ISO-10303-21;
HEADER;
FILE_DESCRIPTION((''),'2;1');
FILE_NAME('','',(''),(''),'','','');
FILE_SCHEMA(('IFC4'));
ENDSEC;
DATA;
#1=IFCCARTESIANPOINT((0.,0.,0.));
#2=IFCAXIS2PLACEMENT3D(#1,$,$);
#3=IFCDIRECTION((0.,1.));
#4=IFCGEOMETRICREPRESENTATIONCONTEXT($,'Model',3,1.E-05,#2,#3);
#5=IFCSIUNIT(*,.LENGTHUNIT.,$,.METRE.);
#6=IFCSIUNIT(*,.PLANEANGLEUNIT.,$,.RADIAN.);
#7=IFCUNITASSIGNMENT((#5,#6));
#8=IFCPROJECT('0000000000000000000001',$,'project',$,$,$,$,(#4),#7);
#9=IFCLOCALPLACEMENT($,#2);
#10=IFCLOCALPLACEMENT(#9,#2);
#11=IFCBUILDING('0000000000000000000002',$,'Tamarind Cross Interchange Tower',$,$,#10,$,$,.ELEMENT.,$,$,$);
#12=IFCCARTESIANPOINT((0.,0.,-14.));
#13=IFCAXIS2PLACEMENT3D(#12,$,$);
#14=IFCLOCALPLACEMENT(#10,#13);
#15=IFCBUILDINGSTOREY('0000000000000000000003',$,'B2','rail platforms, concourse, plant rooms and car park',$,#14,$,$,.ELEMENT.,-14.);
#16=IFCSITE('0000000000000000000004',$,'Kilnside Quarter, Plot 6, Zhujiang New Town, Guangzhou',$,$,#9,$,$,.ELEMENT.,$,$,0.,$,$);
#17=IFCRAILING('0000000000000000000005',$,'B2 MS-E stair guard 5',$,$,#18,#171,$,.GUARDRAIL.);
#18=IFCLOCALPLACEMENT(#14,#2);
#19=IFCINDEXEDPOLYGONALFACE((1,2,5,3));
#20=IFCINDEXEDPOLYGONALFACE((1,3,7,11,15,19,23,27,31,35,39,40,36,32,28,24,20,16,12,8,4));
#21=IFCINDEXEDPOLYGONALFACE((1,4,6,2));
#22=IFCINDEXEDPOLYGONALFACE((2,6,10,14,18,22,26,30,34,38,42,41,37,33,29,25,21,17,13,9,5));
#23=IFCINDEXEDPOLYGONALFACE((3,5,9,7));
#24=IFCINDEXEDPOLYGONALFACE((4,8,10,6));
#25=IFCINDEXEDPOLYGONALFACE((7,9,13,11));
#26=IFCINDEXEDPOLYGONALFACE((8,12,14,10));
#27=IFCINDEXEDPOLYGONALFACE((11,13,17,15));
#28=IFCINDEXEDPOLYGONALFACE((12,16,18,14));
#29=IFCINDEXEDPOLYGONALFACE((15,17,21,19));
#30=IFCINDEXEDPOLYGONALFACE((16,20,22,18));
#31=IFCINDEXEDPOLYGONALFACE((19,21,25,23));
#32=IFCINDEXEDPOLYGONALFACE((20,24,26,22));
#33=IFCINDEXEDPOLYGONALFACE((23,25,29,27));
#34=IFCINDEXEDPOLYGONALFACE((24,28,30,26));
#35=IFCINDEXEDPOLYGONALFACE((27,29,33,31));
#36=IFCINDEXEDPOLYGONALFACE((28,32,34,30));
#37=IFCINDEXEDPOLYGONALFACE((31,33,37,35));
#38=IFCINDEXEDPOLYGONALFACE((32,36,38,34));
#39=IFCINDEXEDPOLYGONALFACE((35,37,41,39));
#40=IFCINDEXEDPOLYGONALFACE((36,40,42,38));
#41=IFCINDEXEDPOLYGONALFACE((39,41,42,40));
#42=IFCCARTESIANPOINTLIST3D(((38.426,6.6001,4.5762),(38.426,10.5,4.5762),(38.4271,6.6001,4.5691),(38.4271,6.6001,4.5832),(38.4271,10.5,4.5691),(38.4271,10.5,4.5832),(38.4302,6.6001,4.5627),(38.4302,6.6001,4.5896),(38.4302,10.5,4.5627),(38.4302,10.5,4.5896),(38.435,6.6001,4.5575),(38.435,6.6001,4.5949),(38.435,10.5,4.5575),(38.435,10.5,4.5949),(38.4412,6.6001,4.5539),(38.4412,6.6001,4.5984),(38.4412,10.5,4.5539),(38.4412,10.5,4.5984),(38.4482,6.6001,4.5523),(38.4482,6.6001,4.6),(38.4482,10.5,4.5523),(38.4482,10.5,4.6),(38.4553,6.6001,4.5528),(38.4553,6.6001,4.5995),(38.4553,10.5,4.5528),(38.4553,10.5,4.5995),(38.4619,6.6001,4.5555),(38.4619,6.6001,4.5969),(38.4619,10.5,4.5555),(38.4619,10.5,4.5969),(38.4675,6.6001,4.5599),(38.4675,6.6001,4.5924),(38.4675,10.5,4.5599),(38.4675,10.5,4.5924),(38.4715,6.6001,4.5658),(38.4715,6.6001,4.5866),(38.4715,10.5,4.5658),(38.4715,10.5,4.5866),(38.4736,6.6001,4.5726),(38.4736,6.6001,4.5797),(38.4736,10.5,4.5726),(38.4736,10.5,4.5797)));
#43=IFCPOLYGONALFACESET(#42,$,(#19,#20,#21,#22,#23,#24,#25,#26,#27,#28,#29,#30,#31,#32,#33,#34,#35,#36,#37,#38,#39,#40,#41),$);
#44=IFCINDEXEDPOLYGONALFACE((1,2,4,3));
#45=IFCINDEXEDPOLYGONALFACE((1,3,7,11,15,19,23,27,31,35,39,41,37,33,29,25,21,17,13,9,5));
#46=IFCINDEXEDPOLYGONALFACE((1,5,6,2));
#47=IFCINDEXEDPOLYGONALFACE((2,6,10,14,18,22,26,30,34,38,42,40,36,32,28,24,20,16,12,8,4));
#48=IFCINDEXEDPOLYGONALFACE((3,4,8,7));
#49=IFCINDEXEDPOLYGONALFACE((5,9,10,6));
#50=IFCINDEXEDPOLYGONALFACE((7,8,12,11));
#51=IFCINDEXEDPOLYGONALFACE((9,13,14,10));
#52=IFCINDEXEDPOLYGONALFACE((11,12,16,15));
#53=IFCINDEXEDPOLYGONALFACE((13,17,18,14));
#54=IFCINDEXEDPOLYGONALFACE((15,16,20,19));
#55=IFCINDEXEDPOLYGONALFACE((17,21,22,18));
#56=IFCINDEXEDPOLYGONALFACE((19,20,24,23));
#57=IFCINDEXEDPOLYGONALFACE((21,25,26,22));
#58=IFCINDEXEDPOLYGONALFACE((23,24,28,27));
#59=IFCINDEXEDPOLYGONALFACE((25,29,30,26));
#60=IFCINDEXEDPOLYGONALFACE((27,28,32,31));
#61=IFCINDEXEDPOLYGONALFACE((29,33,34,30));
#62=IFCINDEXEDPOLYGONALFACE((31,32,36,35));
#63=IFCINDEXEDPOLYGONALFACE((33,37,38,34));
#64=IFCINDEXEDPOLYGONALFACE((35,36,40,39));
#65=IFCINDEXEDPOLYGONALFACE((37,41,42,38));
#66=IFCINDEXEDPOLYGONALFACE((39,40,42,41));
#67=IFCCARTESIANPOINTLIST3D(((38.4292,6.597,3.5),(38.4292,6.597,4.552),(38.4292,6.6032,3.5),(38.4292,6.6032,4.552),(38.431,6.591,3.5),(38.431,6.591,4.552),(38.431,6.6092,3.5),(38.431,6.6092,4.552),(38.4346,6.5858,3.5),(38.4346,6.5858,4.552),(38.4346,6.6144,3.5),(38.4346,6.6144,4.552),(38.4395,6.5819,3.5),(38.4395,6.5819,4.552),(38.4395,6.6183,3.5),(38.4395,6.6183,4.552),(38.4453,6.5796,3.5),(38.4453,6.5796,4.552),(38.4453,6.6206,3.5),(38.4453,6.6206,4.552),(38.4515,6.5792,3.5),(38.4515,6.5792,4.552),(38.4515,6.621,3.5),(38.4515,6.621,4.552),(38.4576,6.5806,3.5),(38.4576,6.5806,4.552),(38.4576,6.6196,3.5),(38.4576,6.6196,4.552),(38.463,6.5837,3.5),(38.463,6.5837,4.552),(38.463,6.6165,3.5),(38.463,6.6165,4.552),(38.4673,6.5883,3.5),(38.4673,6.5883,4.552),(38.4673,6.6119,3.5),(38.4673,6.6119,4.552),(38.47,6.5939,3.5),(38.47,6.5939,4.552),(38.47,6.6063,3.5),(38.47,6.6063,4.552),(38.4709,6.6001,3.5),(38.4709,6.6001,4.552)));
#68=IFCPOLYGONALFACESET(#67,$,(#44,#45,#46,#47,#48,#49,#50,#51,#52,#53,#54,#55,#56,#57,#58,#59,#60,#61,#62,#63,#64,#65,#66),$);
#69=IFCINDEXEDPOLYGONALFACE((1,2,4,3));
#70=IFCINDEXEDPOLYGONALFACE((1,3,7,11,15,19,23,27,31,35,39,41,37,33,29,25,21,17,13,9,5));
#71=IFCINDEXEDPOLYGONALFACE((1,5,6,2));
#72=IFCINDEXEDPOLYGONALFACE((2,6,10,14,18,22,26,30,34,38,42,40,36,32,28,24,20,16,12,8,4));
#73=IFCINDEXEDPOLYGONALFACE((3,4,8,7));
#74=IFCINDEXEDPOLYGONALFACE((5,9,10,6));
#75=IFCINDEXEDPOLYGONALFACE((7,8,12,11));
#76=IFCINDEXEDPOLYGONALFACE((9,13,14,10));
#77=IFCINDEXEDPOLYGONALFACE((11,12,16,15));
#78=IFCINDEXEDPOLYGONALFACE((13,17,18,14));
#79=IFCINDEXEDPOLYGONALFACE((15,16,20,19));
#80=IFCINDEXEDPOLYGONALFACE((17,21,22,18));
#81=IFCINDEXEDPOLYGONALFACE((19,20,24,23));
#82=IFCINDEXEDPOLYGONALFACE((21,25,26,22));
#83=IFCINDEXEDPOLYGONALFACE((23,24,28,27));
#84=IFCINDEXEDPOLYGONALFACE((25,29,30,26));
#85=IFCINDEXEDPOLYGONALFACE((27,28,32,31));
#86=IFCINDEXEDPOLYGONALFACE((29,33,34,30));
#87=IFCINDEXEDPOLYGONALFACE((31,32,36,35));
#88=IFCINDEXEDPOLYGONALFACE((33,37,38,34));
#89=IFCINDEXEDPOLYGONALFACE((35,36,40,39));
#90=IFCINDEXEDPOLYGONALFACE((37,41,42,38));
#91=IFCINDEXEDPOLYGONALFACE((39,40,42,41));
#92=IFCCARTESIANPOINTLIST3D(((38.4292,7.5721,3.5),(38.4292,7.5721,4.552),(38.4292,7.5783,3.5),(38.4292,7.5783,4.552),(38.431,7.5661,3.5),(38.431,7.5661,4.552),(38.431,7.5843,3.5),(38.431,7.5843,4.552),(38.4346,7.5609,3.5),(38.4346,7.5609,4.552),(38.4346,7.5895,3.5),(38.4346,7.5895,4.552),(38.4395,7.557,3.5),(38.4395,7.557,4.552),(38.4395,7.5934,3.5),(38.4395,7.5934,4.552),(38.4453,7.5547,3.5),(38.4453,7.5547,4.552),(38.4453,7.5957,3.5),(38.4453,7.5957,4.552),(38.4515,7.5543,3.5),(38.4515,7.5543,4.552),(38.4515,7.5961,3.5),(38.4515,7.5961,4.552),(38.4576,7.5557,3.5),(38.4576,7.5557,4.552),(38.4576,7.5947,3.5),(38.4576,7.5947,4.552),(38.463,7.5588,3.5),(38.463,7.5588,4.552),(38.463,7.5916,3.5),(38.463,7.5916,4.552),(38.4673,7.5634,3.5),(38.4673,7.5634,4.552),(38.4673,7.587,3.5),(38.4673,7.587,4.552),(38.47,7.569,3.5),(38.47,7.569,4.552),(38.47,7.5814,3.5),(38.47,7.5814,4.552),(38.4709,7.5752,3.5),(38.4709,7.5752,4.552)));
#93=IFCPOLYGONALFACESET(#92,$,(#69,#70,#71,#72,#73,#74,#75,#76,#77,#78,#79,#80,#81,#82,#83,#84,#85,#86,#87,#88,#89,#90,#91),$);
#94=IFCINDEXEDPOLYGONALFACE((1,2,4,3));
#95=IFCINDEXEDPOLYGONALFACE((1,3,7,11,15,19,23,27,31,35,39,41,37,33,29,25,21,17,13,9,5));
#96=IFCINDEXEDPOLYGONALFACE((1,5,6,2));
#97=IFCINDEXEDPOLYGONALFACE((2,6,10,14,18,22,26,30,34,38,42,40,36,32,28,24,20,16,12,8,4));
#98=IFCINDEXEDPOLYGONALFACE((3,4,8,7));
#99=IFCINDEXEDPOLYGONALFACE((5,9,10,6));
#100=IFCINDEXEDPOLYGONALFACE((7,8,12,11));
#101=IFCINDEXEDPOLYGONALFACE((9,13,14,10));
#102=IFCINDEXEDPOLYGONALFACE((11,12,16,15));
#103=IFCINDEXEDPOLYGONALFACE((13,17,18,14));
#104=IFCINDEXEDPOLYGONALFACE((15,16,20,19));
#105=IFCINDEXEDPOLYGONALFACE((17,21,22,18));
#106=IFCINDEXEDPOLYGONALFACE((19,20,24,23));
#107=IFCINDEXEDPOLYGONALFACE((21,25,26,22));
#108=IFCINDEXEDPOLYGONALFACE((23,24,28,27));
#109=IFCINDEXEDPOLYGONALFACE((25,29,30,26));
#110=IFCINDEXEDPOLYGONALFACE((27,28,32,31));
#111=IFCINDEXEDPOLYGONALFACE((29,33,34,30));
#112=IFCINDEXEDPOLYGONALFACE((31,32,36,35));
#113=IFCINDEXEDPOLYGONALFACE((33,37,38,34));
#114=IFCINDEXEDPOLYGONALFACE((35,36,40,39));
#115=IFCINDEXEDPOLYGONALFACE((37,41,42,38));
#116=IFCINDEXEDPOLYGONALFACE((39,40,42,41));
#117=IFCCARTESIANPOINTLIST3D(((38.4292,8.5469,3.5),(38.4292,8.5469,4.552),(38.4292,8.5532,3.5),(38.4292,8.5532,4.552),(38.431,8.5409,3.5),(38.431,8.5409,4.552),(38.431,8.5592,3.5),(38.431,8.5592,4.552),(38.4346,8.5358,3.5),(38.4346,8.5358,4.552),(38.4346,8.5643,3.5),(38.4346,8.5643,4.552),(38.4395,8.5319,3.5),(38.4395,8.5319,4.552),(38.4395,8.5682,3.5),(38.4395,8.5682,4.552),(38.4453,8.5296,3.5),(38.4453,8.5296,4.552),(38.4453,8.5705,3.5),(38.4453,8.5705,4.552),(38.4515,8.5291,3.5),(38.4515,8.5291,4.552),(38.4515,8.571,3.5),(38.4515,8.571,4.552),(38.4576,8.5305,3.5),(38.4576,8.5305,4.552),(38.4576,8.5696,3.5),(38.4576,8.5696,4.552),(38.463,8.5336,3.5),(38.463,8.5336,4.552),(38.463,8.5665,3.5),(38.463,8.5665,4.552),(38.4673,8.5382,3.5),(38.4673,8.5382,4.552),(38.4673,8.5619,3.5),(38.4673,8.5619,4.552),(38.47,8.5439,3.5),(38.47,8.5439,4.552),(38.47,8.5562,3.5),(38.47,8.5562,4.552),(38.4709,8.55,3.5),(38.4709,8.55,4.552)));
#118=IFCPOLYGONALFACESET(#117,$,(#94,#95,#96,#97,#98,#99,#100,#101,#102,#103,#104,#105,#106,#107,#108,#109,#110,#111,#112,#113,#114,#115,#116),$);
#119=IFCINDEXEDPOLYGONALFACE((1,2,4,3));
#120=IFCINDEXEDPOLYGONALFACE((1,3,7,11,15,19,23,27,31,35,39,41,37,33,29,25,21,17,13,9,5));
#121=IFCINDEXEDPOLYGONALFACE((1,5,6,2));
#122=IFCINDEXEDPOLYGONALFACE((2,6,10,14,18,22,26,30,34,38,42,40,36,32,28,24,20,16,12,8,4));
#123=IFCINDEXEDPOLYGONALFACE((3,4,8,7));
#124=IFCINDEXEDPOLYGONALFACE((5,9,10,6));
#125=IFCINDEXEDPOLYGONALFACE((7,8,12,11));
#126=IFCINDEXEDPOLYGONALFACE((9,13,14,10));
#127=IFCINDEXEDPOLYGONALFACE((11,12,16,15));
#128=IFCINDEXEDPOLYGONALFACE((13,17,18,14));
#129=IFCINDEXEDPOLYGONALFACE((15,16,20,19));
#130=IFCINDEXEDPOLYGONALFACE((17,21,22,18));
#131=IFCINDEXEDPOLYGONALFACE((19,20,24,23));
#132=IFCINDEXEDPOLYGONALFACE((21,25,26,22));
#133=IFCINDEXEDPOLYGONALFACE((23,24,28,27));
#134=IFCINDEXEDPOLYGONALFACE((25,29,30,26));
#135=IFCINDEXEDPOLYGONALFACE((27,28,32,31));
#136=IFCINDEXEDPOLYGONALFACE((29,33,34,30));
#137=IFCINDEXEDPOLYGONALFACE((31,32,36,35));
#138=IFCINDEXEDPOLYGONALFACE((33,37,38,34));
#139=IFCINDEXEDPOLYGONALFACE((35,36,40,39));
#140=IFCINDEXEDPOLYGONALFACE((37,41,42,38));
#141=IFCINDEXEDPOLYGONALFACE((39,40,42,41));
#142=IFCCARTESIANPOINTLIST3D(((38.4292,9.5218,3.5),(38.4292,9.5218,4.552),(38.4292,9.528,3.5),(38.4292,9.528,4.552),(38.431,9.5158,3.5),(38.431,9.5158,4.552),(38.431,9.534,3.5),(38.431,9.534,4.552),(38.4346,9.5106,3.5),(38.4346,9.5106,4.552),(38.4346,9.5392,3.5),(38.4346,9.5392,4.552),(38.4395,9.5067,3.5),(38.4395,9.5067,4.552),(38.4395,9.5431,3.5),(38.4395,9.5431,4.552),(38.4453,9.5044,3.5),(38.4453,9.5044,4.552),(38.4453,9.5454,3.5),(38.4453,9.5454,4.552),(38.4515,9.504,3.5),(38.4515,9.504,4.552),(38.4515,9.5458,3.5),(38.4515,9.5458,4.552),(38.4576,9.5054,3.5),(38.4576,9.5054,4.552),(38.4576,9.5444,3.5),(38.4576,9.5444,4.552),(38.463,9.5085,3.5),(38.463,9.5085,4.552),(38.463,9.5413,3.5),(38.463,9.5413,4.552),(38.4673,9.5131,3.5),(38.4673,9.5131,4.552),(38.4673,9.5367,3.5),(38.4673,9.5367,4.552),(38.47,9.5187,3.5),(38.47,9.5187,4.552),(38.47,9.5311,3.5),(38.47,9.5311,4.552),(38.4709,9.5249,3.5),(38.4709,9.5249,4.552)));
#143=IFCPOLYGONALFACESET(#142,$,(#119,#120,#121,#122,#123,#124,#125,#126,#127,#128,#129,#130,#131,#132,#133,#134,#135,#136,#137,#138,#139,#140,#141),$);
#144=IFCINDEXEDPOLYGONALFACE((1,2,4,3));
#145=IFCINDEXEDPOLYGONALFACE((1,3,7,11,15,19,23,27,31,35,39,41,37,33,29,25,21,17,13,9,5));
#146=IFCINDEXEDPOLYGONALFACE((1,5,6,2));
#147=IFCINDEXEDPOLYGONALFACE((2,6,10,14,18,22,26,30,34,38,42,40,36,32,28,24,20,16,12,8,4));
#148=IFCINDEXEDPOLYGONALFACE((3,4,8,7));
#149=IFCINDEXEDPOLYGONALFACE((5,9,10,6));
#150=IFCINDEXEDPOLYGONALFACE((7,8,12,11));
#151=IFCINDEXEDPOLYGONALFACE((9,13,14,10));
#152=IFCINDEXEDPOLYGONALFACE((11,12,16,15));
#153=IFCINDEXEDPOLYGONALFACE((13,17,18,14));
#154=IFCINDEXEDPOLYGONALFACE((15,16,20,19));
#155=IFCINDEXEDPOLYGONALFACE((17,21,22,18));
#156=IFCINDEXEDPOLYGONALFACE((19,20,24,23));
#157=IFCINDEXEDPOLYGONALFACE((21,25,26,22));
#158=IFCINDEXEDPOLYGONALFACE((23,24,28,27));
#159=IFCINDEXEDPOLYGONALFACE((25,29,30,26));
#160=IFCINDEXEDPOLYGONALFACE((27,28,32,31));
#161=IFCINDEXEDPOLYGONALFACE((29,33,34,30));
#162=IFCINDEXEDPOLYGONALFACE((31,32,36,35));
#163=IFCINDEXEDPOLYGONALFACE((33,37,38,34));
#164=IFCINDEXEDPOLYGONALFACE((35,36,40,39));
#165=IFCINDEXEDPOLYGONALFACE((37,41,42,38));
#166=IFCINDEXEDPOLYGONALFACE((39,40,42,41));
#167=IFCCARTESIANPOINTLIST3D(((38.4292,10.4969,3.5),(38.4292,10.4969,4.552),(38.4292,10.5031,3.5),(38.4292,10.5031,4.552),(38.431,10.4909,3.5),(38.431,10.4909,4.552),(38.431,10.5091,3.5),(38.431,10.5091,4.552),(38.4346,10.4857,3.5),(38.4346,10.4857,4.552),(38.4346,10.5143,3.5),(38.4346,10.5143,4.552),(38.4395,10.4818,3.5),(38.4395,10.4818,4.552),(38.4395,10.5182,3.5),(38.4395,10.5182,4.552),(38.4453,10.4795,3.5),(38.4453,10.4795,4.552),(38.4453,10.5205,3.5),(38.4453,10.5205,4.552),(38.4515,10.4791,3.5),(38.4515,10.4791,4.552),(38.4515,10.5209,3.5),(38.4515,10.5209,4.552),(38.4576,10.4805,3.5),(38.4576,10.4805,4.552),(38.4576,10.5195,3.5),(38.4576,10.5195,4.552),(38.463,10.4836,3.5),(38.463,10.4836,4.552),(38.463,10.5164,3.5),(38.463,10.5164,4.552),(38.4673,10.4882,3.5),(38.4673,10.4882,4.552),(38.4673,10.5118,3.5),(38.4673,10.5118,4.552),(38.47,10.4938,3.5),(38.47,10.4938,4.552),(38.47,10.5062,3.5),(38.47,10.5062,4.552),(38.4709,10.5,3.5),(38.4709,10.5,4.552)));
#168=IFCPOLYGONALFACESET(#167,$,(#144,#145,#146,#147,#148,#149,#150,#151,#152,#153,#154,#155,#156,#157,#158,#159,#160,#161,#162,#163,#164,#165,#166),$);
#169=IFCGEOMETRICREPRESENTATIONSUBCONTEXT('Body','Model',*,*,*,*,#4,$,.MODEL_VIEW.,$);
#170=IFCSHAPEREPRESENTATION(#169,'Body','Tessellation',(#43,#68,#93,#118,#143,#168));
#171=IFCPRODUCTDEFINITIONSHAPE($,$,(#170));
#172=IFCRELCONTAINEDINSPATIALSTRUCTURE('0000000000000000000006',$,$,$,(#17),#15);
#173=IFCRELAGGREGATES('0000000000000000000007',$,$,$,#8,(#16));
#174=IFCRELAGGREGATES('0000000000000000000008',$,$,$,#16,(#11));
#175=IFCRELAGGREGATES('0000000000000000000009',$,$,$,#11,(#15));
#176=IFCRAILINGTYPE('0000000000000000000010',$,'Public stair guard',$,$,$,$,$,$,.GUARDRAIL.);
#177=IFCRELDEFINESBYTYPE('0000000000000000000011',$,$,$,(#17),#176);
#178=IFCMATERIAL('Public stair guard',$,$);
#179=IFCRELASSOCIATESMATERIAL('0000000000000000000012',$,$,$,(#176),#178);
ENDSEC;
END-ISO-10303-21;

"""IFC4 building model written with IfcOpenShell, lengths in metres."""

from ifc_helpers import new_model, si_unit, direction, frame, origin, origin_2d, place, context, subcontext, project, spatial, circle, extrude, material, type_object, element, save


model = new_model("IFC4")

# Units and contexts
model_context = context("Model", 3, precision=1e-05, world=origin(), true_north=direction((0.0, 1.0)))
body_context = subcontext(model_context, "Body", "Model", "MODEL_VIEW")
ifc_project = project(units=[si_unit("LENGTHUNIT", "METRE"), si_unit("PLANEANGLEUNIT", "RADIAN")], contexts=[model_context])

# Site, building, storey
site_placement = place(None, origin())
site = spatial("IfcSite", under=ifc_project, at=site_placement, Name="Kilnside Quarter, Plot 6, Zhujiang New Town, Guangzhou", CompositionType="ELEMENT", RefElevation=0.0)
building_placement = place(site_placement, origin())
building = spatial("IfcBuilding", under=site, at=building_placement, Name="Tamarind Cross Interchange Tower", CompositionType="ELEMENT")
storey_placement = place(building_placement, frame((0.0, 0.0, -14.0)))
storey = spatial("IfcBuildingStorey", under=building, at=storey_placement, Name="B2", Description="rail platforms, concourse, plant rooms and car park", CompositionType="ELEMENT", Elevation=-14.0)

# Railing
ifc_material_1 = material(Name="Public stair guard")
railing_type_1 = type_object("IfcRailingType", Name="Public stair guard", PredefinedType="GUARDRAIL", material=ifc_material_1)
railing_1_placement = place(storey_placement, frame((38.45, 6.6001, 3.5)))
element("IfcRailing", 1, at=railing_1_placement, inside=storey, type_object=railing_type_1, Name="B2 MS-E stair guard 5", PredefinedType="GUARDRAIL", context=body_context, shape_type="SweptSolid", body=[
    extrude(circle(Radius=0.0239, at=origin_2d()), frame((0.0, 0.0, 1.0762), z_axis=(0.0, 1.0, 0.0), x_axis=(-1.0, 0.0, 0.0)), (0.0, 0.0, 1.0), 3.8999),
    extrude(circle(Radius=0.021, at=origin_2d()), origin(), (0.0, 0.0, 1.0), 1.052),
    extrude(circle(Radius=0.021, at=origin_2d()), frame((0.0, 0.9751, 0.0)), (0.0, 0.0, 1.0), 1.052),
    extrude(circle(Radius=0.021, at=origin_2d()), frame((0.0, 1.95, 0.0)), (0.0, 0.0, 1.0), 1.052),
    extrude(circle(Radius=0.021, at=origin_2d()), frame((0.0, 2.9248, 0.0)), (0.0, 0.0, 1.0), 1.052),
    extrude(circle(Radius=0.021, at=origin_2d()), frame((0.0, 3.8999, 0.0)), (0.0, 0.0, 1.0), 1.052),
])

save(model, "model.ifc")
